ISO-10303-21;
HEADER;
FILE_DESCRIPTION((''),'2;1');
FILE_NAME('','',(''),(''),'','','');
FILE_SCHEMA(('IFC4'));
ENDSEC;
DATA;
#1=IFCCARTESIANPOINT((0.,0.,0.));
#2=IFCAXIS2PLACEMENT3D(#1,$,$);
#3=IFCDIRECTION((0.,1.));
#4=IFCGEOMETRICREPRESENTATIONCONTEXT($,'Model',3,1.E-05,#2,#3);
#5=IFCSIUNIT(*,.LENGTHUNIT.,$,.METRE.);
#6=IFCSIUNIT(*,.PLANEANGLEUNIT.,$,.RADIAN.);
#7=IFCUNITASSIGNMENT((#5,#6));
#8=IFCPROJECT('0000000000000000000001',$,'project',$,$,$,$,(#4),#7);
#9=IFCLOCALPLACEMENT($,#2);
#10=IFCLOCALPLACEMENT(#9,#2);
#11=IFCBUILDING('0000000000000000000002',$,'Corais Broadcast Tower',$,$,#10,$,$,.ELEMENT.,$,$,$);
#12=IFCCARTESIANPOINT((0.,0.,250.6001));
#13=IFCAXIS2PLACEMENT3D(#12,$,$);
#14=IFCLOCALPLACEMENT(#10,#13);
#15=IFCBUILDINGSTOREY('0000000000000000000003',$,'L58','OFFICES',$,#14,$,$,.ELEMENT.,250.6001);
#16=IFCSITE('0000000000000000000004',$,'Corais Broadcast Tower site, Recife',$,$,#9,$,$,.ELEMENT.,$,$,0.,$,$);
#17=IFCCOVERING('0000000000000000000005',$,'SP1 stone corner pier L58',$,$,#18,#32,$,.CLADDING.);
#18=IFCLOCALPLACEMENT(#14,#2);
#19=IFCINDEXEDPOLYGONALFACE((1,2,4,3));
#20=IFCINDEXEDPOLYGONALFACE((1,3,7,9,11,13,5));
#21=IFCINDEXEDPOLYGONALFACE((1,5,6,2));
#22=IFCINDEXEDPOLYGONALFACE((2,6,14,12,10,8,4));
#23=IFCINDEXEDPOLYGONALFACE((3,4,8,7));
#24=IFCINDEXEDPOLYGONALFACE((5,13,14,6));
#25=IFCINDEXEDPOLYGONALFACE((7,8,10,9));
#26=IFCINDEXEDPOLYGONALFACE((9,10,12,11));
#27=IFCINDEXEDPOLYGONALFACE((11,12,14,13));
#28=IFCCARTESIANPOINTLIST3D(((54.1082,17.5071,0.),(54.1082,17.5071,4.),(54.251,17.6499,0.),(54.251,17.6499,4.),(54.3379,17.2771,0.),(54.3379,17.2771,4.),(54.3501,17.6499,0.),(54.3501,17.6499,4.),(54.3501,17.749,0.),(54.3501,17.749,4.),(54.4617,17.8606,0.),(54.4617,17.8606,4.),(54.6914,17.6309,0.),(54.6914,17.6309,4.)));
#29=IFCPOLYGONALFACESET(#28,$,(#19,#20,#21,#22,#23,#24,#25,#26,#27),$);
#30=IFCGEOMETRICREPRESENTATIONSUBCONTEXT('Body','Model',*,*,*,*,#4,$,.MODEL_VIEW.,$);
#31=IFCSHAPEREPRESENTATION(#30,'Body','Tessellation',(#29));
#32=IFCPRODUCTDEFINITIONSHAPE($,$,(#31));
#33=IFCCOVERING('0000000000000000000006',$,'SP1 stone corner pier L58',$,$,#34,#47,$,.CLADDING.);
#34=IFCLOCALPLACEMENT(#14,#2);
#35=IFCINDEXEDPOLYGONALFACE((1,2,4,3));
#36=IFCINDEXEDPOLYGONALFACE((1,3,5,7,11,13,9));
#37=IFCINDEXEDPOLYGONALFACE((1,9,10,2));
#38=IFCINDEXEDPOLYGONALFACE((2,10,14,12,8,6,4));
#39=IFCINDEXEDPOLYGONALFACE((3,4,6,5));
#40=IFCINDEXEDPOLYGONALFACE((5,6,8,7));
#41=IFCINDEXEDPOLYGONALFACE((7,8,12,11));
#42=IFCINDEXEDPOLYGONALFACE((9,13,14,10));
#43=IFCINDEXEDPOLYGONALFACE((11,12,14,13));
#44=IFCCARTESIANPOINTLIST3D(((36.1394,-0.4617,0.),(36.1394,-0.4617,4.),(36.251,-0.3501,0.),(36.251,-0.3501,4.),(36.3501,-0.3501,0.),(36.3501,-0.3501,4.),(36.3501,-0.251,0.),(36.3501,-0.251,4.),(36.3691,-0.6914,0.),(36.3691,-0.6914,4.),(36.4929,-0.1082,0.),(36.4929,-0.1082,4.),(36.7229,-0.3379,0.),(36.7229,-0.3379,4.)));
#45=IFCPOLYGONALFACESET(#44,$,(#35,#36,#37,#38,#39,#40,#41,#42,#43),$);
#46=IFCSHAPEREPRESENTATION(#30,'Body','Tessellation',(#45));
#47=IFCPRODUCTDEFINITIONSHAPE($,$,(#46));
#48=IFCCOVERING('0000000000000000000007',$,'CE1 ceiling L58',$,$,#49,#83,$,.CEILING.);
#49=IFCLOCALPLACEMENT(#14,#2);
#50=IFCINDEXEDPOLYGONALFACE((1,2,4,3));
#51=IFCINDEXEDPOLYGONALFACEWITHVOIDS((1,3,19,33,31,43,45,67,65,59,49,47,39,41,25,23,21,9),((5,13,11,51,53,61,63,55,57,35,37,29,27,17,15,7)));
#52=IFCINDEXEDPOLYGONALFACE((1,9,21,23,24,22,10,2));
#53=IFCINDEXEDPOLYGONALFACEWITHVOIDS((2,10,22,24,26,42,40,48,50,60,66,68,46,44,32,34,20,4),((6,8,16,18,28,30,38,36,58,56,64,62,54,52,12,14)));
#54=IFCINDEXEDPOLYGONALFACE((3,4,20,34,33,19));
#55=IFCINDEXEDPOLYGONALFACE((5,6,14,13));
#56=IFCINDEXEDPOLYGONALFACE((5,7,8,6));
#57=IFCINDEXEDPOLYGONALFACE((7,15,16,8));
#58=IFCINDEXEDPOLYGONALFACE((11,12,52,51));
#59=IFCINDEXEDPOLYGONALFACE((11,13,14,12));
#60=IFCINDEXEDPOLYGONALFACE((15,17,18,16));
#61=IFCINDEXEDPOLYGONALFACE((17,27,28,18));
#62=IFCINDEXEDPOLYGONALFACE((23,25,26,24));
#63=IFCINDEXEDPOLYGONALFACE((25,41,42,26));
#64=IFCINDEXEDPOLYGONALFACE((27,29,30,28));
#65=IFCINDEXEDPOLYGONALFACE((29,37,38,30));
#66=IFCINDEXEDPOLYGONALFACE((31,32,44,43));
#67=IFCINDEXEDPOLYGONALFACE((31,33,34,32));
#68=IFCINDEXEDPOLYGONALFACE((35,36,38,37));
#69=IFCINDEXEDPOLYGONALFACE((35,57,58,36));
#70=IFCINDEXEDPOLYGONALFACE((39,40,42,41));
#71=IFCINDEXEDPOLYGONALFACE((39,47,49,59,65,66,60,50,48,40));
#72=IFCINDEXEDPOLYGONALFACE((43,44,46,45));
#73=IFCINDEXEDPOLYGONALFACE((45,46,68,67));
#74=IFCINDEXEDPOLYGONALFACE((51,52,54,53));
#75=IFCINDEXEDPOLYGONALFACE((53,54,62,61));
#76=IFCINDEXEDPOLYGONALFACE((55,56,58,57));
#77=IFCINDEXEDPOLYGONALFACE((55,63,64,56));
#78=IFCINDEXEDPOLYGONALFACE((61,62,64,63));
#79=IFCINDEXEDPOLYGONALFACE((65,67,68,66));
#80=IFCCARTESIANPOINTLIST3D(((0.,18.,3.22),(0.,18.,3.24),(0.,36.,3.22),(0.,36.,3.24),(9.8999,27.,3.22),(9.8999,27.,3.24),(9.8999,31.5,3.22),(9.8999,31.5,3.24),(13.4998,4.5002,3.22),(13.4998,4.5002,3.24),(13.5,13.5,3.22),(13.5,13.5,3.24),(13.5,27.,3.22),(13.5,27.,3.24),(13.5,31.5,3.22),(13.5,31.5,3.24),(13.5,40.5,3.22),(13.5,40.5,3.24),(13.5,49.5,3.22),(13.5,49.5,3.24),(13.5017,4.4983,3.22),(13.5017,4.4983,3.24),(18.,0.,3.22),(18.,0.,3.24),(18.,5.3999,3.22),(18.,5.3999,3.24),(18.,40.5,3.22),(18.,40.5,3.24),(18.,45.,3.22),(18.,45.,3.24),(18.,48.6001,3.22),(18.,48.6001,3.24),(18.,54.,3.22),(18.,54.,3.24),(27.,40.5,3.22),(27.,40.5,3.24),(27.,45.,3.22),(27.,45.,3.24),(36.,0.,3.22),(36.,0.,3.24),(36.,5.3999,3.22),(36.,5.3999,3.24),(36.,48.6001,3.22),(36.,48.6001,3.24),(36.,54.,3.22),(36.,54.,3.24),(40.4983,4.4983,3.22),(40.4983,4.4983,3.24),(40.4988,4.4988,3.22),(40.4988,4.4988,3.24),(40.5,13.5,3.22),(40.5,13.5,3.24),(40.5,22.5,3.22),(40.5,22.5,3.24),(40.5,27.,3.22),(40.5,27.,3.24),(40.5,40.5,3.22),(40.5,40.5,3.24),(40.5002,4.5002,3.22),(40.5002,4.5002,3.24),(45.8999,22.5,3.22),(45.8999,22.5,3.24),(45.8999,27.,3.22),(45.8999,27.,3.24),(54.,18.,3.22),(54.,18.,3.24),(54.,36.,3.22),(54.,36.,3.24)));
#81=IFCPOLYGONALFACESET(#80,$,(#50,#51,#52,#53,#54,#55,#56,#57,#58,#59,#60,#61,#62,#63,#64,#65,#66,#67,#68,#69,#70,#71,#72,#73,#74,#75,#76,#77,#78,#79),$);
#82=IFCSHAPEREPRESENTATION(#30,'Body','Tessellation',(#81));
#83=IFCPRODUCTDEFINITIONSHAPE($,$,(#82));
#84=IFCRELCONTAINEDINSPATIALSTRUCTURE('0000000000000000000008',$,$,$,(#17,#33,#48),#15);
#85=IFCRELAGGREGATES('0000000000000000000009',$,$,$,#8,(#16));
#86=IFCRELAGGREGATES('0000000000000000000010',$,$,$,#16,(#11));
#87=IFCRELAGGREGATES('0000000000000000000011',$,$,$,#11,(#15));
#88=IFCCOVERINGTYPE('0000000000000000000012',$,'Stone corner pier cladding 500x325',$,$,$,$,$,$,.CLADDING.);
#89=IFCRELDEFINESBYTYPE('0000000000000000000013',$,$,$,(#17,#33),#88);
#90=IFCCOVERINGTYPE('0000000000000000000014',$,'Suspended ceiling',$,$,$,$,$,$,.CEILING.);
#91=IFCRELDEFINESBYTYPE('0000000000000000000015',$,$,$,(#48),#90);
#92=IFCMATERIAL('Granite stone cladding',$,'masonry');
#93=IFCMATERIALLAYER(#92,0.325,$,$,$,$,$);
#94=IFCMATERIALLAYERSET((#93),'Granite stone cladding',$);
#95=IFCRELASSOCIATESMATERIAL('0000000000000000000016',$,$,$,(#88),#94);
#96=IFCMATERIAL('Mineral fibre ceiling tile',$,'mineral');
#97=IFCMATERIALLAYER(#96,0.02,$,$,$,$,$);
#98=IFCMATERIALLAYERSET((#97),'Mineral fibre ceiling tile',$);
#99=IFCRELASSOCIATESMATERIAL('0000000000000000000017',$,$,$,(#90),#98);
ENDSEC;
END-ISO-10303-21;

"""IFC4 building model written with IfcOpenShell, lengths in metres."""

from ifc_helpers import new_model, si_unit, direction, frame, origin, place, context, subcontext, project, spatial, polyline, outline, extrude, material, layer, layer_set, type_object, element, save


model = new_model("IFC4")

# Units and contexts
model_context = context("Model", 3, precision=1e-05, world=origin(), true_north=direction((0.0, 1.0)))
body_context = subcontext(model_context, "Body", "Model", "MODEL_VIEW")
ifc_project = project(units=[si_unit("LENGTHUNIT", "METRE"), si_unit("PLANEANGLEUNIT", "RADIAN")], contexts=[model_context])

# Site, building, storey
site_placement = place(None, origin())
site = spatial("IfcSite", under=ifc_project, at=site_placement, Name="Corais Broadcast Tower site, Recife", CompositionType="ELEMENT", RefElevation=0.0)
building_placement = place(site_placement, origin())
building = spatial("IfcBuilding", under=site, at=building_placement, Name="Corais Broadcast Tower", CompositionType="ELEMENT")
storey_placement = place(building_placement, frame((0.0, 0.0, 250.6001)))
storey = spatial("IfcBuildingStorey", under=building, at=storey_placement, Name="L58", Description="OFFICES", CompositionType="ELEMENT", Elevation=250.6001)

# Coverings
ifc_material_1 = material(Name="Granite stone cladding", Category="masonry")
ifc_layer_1 = layer(ifc_material_1, 0.325)
ifc_layer_set_1 = layer_set([ifc_layer_1], Name="Granite stone cladding")
covering_type_1 = type_object("IfcCoveringType", Name="Stone corner pier cladding 500x325", PredefinedType="CLADDING", material=ifc_layer_set_1)
covering_1_placement = place(storey_placement, origin())
element("IfcCovering", 1, at=covering_1_placement, inside=storey, type_object=covering_type_1, Name="SP1 stone corner pier L58", PredefinedType="CLADDING", context=body_context, shape_type="SweptSolid", body=[
    extrude(outline(polyline([(54.4617, 17.8606), (54.3501, 17.749), (54.3501, 17.6499), (54.251, 17.6499), (54.1082, 17.5071), (54.3379, 17.2771), (54.6914, 17.6309), (54.4617, 17.8606)])), origin(), (0.0, 0.0, 1.0), 4.0),
])
covering_2_placement = place(storey_placement, origin())
element("IfcCovering", 2, at=covering_2_placement, inside=storey, type_object=covering_type_1, Name="SP1 stone corner pier L58", PredefinedType="CLADDING", context=body_context, shape_type="SweptSolid", body=[
    extrude(outline(polyline([(36.251, -0.3501), (36.1394, -0.4617), (36.3691, -0.6914), (36.7229, -0.3379), (36.4929, -0.1082), (36.3501, -0.251), (36.3501, -0.3501), (36.251, -0.3501)])), origin(), (0.0, 0.0, 1.0), 4.0),
])
ifc_material_2 = material(Name="Mineral fibre ceiling tile", Category="mineral")
ifc_layer_2 = layer(ifc_material_2, 0.02)
ifc_layer_set_2 = layer_set([ifc_layer_2], Name="Mineral fibre ceiling tile")
covering_type_2 = type_object("IfcCoveringType", Name="Suspended ceiling", PredefinedType="CEILING", material=ifc_layer_set_2)
covering_3_placement = place(storey_placement, frame((0.0, 0.0, 3.22)))
element("IfcCovering", 3, at=covering_3_placement, inside=storey, type_object=covering_type_2, Name="CE1 ceiling L58", PredefinedType="CEILING", context=body_context, shape_type="SweptSolid", body=[
    extrude(outline(polyline([(13.5, 49.5), (18.0, 54.0), (18.0, 48.6001), (36.0, 48.6001), (36.0, 54.0), (54.0, 36.0), (54.0, 18.0), (40.5002, 4.5002), (40.4988, 4.4988), (40.4983, 4.4983), (36.0, 0.0), (36.0, 5.3999), (18.0, 5.3999), (18.0, 0.0), (13.5017, 4.4983), (13.4998, 4.5002), (0.0, 18.0), (0.0, 36.0), (13.5, 49.5)]), holes=[polyline([(18.0, 45.0), (18.0, 40.5), (13.5, 40.5), (13.5, 31.5), (9.8999, 31.5), (9.8999, 27.0), (13.5, 27.0), (13.5, 13.5), (40.5, 13.5), (40.5, 22.5), (45.8999, 22.5), (45.8999, 27.0), (40.5, 27.0), (40.5, 40.5), (27.0, 40.5), (27.0, 45.0), (18.0, 45.0)])]), origin(), (0.0, 0.0, 1.0), 0.02),
])

save(model, "model.ifc")
